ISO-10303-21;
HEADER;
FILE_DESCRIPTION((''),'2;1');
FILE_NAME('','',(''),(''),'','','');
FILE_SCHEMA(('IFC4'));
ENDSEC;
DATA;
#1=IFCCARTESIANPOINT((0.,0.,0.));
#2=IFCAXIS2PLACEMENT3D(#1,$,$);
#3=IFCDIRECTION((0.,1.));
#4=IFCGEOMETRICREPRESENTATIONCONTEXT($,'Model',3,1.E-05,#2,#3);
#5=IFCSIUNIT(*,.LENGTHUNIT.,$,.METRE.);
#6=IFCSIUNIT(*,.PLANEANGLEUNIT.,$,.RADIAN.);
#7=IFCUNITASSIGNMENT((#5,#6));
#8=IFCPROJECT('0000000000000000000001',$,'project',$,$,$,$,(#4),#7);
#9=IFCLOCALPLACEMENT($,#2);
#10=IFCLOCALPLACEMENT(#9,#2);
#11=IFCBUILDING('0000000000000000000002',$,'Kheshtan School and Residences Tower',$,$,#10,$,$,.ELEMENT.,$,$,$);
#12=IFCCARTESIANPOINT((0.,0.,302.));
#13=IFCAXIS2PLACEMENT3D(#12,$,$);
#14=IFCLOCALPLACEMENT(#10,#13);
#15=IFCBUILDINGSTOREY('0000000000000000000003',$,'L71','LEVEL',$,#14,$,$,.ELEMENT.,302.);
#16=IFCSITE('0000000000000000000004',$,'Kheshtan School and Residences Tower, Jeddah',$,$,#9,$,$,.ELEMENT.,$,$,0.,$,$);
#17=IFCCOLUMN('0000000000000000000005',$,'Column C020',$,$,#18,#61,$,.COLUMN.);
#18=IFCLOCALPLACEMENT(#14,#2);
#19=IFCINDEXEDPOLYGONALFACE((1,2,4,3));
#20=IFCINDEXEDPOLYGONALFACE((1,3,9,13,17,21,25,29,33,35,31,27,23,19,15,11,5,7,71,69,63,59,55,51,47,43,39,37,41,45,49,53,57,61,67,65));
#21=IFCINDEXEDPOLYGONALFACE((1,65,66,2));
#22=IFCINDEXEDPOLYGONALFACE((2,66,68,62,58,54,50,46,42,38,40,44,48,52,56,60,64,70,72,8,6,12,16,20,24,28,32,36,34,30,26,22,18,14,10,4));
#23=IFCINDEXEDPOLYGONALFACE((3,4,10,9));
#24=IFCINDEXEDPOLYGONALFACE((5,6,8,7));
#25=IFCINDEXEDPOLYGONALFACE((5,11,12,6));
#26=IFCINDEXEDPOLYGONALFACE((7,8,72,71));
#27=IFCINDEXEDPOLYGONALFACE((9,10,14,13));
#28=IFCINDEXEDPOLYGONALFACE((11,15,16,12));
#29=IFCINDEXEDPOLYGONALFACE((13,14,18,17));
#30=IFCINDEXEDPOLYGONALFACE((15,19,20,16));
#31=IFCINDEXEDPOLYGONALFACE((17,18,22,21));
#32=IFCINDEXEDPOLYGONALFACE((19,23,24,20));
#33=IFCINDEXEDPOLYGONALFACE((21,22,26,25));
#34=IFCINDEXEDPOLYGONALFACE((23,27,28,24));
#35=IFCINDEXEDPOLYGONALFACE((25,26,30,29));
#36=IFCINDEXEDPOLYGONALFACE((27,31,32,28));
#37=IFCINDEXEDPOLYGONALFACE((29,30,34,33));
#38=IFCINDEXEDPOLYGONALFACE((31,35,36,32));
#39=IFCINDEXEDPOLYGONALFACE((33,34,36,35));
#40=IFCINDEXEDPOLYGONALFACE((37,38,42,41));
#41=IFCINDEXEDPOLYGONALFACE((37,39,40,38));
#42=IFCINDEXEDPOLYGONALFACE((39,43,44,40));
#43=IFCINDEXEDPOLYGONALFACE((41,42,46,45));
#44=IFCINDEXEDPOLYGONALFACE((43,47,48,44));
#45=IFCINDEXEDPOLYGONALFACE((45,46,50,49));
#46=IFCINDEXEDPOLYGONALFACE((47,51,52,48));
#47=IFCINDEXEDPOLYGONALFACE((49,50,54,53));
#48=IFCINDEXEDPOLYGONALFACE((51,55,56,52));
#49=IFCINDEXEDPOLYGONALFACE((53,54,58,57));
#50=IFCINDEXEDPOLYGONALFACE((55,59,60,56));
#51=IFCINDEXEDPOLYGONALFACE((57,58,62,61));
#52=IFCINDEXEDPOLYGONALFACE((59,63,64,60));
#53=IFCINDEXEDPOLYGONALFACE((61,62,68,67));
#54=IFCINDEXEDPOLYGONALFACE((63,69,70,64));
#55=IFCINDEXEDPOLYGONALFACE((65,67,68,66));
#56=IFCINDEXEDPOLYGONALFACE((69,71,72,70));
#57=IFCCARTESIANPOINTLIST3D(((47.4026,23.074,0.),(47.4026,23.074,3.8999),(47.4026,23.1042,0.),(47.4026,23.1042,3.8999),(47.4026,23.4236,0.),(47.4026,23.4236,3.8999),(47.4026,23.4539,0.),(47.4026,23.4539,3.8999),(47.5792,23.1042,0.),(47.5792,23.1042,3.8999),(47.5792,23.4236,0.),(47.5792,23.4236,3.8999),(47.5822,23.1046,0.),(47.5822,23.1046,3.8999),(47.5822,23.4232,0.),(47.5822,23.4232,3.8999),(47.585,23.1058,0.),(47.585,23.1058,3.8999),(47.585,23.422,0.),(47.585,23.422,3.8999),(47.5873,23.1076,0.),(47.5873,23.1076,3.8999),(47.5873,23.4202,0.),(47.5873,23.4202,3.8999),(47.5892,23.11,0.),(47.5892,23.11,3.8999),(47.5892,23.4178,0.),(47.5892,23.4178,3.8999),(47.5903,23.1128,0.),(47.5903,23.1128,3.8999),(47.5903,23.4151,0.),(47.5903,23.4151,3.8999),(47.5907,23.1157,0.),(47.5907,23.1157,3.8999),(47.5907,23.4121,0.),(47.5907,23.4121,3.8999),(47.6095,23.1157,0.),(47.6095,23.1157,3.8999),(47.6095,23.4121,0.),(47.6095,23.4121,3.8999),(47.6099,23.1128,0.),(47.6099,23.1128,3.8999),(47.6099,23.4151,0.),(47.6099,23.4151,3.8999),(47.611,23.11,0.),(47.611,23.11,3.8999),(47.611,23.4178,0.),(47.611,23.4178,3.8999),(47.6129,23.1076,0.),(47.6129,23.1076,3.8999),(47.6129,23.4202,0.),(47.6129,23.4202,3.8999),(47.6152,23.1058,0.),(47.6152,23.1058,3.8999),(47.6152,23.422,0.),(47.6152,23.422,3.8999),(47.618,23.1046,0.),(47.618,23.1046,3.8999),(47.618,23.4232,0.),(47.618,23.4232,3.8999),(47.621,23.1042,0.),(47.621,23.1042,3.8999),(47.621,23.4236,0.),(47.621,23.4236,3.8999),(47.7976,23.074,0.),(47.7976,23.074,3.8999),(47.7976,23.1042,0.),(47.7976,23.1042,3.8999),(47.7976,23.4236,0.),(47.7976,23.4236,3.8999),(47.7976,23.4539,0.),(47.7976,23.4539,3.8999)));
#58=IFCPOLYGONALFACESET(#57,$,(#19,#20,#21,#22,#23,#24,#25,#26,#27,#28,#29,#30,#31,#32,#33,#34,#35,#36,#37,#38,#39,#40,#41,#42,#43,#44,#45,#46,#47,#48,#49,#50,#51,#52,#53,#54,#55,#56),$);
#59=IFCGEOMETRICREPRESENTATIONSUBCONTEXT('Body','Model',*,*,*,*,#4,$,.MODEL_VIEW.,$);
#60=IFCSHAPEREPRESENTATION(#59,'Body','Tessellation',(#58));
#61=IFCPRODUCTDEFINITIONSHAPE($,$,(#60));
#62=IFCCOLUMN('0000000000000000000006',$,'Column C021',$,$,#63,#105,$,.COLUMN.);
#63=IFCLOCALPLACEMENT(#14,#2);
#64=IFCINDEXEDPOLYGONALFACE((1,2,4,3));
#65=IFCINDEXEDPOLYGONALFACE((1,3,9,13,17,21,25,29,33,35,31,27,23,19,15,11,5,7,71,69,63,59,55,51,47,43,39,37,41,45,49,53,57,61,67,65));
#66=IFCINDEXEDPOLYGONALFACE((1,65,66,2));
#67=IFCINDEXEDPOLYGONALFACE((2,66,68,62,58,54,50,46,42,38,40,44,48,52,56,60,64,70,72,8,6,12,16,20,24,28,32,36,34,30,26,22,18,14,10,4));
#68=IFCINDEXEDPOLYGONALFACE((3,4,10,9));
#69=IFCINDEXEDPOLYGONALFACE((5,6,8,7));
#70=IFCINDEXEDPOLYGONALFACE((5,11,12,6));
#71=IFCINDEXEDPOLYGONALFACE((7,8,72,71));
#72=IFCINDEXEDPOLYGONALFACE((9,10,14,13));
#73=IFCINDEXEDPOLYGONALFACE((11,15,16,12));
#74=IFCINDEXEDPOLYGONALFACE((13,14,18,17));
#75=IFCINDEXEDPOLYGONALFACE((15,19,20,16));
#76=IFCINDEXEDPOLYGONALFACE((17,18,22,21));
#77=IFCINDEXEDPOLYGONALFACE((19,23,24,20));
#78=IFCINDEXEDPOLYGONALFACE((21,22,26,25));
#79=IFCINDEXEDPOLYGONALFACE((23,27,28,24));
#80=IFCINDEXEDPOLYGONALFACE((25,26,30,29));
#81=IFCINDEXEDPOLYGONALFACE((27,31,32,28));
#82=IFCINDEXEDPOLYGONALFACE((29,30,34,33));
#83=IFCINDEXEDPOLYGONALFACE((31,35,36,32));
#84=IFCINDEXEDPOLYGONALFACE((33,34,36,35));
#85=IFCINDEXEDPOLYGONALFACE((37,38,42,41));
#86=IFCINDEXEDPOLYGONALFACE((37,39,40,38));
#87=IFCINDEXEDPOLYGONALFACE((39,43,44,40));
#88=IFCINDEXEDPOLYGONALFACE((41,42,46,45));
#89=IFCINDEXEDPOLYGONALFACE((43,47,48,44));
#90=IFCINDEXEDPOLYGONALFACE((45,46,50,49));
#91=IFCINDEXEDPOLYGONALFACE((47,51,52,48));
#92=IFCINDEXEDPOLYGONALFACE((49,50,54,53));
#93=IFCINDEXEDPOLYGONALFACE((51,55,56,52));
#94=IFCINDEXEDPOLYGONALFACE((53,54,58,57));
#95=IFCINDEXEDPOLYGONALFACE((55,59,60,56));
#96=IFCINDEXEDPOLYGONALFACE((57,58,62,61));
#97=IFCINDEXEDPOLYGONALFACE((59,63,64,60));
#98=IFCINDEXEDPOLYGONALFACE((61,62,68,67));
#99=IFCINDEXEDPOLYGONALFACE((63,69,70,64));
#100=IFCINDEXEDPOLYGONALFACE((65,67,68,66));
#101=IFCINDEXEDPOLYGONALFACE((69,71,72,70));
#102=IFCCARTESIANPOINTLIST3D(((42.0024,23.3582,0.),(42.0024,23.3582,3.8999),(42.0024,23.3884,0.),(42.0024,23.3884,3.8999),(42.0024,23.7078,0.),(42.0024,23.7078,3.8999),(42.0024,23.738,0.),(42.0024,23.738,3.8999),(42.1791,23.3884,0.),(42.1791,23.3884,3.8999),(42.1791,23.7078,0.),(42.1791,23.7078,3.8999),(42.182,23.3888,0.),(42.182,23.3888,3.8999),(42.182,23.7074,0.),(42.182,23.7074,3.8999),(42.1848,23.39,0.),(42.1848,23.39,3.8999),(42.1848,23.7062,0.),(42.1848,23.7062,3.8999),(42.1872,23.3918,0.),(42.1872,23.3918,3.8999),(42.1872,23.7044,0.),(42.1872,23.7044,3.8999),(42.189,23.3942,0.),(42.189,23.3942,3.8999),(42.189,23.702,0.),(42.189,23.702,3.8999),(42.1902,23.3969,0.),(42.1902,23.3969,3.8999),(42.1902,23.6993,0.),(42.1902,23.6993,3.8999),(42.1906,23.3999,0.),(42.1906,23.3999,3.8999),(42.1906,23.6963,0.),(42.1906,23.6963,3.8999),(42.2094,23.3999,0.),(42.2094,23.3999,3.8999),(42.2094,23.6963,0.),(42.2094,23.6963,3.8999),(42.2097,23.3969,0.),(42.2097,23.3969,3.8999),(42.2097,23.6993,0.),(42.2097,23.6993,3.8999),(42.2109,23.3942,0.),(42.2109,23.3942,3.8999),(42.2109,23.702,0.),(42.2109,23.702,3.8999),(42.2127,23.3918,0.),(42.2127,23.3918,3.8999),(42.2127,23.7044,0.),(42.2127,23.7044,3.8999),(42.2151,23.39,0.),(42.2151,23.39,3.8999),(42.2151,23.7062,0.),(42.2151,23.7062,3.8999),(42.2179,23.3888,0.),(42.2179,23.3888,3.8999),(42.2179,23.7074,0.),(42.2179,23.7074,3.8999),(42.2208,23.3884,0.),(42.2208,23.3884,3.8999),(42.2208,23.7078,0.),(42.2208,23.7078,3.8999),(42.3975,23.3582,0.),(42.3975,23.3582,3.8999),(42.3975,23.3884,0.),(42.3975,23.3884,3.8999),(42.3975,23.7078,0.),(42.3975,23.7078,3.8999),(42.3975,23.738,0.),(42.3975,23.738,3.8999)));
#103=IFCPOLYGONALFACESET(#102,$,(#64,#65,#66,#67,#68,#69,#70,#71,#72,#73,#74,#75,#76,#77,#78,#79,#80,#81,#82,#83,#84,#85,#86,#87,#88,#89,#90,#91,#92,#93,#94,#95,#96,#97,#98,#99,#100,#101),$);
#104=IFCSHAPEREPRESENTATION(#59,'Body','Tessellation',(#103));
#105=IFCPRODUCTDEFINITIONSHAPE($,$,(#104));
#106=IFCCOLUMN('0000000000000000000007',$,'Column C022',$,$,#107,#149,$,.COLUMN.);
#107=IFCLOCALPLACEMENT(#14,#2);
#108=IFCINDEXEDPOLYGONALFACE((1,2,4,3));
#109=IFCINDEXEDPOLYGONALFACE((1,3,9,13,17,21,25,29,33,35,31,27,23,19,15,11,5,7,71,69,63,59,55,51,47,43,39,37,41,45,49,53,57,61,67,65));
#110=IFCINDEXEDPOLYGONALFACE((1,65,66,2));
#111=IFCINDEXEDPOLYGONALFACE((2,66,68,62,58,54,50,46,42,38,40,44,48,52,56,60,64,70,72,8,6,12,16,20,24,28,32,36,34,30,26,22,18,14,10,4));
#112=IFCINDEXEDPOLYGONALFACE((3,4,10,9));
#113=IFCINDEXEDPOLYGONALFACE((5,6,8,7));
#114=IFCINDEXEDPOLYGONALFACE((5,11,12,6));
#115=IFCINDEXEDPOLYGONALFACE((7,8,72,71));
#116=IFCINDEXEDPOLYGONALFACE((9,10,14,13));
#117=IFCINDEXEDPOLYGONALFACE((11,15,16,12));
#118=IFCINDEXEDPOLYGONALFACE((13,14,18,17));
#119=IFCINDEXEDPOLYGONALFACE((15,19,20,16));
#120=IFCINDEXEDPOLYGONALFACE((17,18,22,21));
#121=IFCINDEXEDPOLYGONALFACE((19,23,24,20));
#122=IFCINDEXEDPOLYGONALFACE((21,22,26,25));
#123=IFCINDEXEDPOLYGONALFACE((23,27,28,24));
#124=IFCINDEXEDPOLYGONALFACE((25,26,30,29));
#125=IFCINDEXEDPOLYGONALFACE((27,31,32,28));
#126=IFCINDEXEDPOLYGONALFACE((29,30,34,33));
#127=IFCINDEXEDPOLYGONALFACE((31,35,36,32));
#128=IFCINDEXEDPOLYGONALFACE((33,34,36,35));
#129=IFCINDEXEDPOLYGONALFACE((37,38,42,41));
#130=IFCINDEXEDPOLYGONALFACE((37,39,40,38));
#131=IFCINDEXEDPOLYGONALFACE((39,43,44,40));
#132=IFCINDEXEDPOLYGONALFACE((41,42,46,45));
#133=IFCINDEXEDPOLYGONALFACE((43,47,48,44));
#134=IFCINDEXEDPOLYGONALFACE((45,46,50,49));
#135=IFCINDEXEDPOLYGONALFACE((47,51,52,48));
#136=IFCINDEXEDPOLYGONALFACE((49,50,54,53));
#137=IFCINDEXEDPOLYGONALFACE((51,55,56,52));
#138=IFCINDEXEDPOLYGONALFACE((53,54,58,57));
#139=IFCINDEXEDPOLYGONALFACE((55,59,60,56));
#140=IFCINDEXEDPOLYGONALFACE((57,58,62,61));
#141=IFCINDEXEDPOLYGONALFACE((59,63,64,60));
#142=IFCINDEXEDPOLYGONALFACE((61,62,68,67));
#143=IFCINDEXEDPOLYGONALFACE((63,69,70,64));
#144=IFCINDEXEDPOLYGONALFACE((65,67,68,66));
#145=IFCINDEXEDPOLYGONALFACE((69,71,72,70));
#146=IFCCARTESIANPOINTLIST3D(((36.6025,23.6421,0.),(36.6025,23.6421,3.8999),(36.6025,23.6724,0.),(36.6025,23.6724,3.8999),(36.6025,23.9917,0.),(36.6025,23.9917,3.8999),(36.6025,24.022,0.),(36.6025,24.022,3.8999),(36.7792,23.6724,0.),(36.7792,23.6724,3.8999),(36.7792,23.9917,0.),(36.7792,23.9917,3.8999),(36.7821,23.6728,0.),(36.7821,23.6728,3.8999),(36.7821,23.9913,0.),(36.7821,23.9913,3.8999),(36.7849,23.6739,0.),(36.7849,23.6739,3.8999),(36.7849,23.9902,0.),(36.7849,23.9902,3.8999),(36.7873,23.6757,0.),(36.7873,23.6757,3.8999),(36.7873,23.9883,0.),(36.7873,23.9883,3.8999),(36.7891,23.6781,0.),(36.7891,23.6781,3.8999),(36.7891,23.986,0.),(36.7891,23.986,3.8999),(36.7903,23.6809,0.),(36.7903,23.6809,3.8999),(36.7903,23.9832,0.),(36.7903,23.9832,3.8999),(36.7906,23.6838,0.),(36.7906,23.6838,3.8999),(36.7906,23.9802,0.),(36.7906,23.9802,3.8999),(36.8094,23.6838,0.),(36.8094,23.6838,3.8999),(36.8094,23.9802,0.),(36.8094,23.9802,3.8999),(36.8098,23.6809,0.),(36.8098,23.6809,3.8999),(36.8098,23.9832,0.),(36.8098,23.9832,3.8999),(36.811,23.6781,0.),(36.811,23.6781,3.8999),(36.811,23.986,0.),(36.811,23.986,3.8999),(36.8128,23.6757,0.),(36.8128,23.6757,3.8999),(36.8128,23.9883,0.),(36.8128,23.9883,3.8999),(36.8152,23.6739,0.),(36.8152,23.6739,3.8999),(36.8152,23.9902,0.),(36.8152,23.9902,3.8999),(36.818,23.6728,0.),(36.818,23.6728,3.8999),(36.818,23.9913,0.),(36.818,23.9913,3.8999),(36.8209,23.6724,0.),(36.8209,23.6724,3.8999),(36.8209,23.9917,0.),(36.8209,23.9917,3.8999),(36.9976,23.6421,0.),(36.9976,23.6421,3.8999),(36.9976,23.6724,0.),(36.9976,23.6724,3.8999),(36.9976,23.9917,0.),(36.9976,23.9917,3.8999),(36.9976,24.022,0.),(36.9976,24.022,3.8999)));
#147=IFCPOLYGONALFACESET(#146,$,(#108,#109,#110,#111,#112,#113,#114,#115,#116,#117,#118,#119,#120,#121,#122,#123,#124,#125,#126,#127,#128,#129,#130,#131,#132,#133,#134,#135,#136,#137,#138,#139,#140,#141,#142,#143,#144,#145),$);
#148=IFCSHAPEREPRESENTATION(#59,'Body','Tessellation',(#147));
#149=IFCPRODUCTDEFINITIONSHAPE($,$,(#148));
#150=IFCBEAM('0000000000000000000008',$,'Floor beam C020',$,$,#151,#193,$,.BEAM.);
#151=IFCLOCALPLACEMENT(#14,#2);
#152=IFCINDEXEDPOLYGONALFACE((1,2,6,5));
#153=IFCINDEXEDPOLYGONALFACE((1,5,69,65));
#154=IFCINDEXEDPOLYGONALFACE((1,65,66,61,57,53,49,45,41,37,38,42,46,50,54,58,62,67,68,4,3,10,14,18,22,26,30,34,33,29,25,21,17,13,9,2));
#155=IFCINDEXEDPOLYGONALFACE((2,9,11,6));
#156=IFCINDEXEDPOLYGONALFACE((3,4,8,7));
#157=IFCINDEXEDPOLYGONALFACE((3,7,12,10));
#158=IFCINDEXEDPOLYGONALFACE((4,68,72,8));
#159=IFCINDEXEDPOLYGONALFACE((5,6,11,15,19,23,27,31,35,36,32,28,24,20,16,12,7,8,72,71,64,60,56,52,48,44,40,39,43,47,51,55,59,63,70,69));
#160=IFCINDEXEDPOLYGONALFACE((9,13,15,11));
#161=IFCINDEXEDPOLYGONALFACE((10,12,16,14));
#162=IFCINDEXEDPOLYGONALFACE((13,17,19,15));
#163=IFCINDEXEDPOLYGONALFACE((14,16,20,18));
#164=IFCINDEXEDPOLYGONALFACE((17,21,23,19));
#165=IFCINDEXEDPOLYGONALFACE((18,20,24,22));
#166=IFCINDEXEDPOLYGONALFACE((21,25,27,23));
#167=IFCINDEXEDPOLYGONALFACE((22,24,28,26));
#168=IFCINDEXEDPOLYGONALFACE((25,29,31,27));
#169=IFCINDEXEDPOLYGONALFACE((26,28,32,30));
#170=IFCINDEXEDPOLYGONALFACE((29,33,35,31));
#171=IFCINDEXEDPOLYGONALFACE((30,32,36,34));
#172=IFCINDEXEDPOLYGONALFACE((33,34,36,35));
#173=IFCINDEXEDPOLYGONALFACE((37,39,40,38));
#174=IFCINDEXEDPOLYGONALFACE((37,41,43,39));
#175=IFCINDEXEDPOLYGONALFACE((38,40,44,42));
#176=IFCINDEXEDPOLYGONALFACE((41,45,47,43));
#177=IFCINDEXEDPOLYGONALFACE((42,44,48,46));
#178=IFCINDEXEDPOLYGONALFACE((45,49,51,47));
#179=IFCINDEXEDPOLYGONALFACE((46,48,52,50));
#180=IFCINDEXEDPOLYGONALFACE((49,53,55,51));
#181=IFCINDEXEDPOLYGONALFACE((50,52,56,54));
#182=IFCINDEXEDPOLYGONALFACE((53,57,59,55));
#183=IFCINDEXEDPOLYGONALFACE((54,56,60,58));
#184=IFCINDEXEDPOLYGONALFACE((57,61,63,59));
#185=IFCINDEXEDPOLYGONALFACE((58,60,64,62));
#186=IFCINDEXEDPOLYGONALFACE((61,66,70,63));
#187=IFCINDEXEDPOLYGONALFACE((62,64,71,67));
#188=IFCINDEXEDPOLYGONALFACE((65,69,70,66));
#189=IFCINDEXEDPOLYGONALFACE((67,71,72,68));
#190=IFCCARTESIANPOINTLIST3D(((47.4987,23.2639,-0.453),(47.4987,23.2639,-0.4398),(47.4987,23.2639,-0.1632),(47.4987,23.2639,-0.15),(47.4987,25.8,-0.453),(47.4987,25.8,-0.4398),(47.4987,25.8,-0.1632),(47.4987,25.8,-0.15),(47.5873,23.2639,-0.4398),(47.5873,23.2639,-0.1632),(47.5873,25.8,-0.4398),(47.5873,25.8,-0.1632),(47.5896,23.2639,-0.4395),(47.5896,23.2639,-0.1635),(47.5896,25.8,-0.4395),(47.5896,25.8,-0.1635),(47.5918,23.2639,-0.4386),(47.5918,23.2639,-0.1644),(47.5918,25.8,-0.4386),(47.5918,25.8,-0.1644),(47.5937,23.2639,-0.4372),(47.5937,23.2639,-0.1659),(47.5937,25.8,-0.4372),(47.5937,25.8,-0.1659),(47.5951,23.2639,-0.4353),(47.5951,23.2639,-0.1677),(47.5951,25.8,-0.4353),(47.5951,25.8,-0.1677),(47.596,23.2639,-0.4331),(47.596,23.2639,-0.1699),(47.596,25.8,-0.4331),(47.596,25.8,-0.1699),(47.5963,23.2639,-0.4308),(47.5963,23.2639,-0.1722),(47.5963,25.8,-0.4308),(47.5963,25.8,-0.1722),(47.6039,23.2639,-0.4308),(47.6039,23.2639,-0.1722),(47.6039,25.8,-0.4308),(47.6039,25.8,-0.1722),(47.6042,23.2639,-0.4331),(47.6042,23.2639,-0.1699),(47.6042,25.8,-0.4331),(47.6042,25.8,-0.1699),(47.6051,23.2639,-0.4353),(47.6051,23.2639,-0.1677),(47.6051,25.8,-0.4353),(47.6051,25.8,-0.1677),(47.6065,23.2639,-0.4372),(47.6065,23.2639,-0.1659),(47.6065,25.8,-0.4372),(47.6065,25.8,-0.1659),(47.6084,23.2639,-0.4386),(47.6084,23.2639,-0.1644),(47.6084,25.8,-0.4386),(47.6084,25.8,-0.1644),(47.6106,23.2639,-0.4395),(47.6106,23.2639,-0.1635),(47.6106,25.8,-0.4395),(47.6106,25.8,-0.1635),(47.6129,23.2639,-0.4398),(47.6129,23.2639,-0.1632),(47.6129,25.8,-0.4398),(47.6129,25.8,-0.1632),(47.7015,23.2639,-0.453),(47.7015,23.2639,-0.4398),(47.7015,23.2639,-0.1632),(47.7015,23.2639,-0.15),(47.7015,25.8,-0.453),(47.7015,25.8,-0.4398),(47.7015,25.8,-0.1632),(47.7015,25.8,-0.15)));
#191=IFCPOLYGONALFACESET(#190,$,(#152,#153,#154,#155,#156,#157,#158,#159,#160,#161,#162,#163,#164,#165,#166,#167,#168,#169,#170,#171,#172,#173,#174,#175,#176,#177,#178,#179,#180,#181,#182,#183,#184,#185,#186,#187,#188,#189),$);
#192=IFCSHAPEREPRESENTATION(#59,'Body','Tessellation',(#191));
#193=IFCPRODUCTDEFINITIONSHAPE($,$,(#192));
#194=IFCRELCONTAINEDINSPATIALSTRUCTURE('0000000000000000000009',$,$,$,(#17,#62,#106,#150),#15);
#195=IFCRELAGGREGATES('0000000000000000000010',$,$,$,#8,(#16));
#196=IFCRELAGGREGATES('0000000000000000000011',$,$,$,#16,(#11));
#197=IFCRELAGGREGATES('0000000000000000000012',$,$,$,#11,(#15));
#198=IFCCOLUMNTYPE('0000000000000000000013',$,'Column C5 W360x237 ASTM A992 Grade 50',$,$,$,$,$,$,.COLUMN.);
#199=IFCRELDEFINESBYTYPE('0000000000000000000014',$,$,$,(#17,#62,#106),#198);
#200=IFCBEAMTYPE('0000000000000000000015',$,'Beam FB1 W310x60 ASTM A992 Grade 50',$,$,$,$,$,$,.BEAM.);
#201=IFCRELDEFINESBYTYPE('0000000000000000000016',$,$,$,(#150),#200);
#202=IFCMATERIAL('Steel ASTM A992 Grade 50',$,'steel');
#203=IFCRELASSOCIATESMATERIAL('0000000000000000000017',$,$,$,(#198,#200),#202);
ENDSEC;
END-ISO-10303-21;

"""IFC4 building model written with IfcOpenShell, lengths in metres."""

from ifc_helpers import new_model, si_unit, direction, frame, origin, origin_2d, place, context, subcontext, project, spatial, i_section, extrude, material, material_profile, profile_set, type_object, element, save


model = new_model("IFC4")

# Units and contexts
model_context = context("Model", 3, precision=1e-05, world=origin(), true_north=direction((0.0, 1.0)))
body_context = subcontext(model_context, "Body", "Model", "MODEL_VIEW")
ifc_project = project(units=[si_unit("LENGTHUNIT", "METRE"), si_unit("PLANEANGLEUNIT", "RADIAN")], contexts=[model_context])

# Site, building, storey
site_placement = place(None, origin())
site = spatial("IfcSite", under=ifc_project, at=site_placement, Name="Kheshtan School and Residences Tower, Jeddah", CompositionType="ELEMENT", RefElevation=0.0)
building_placement = place(site_placement, origin())
building = spatial("IfcBuilding", under=site, at=building_placement, Name="Kheshtan School and Residences Tower", CompositionType="ELEMENT")
storey_placement = place(building_placement, frame((0.0, 0.0, 302.0)))
storey = spatial("IfcBuildingStorey", under=building, at=storey_placement, Name="L71", Description="LEVEL", CompositionType="ELEMENT", Elevation=302.0)

# Columns
ifc_material_1 = material(Name="Steel ASTM A992 Grade 50", Category="steel")
ifc_material_profile_1 = material_profile(ifc_material_1, i_section(OverallWidth=0.395, OverallDepth=0.3799, WebThickness=0.0188, FlangeThickness=0.0303, FilletRadius=0.0115, at=origin_2d()), Name="W360x237")
ifc_profile_set_1 = profile_set([ifc_material_profile_1], Name="Steel ASTM A992 Grade 50")
column_type = type_object("IfcColumnType", Name="Column C5 W360x237 ASTM A992 Grade 50", PredefinedType="COLUMN", material=ifc_profile_set_1)
for number, where, z_axis, x_axis, name in (
    (1, (47.6001, 23.2639, 0.0), (0.0, 0.0, 1.0), (1.0, 0.0, 0.0), "Column C020"),
    (2, (42.2, 23.5481, 0.0), (0.0, 0.0, 1.0), (1.0, 0.0, 0.0), "Column C021"),
    (3, (36.8, 23.832, 0.0), (0.0, 0.0, 1.0), (1.0, 0.0, 0.0), "Column C022"),
):
    element("IfcColumn", number, at=place(storey_placement, frame(where, z_axis=z_axis, x_axis=x_axis)), inside=storey, type_object=column_type, Name=name, PredefinedType="COLUMN", context=body_context, shape_type="SweptSolid", body=[
        extrude(i_section(OverallWidth=0.395, OverallDepth=0.3799, WebThickness=0.0188, FlangeThickness=0.0303, FilletRadius=0.0115, at=origin_2d()), origin(), (0.0, 0.0, 1.0), 3.8999),
    ])

# Beam
ifc_material_profile_2 = material_profile(ifc_material_1, i_section(OverallWidth=0.2029, OverallDepth=0.303, WebThickness=0.0076, FlangeThickness=0.0132, FilletRadius=0.009, at=origin_2d()), Name="W310x60")
ifc_profile_set_2 = profile_set([ifc_material_profile_2], Name="Steel ASTM A992 Grade 50")
beam_type_1 = type_object("IfcBeamType", Name="Beam FB1 W310x60 ASTM A992 Grade 50", PredefinedType="BEAM", material=ifc_profile_set_2)
beam_1_placement = place(storey_placement, frame((47.6001, 23.2639, -0.3015), z_axis=(0.0, 1.0, 0.0), x_axis=(-1.0, 0.0, 0.0)))
element("IfcBeam", 4, at=beam_1_placement, inside=storey, type_object=beam_type_1, Name="Floor beam C020", PredefinedType="BEAM", context=body_context, shape_type="SweptSolid", body=[
    extrude(i_section(OverallWidth=0.2029, OverallDepth=0.303, WebThickness=0.0076, FlangeThickness=0.0132, FilletRadius=0.009, at=origin_2d()), origin(), (0.0, 0.0, 1.0), 2.5361),
])

save(model, "model.ifc")
